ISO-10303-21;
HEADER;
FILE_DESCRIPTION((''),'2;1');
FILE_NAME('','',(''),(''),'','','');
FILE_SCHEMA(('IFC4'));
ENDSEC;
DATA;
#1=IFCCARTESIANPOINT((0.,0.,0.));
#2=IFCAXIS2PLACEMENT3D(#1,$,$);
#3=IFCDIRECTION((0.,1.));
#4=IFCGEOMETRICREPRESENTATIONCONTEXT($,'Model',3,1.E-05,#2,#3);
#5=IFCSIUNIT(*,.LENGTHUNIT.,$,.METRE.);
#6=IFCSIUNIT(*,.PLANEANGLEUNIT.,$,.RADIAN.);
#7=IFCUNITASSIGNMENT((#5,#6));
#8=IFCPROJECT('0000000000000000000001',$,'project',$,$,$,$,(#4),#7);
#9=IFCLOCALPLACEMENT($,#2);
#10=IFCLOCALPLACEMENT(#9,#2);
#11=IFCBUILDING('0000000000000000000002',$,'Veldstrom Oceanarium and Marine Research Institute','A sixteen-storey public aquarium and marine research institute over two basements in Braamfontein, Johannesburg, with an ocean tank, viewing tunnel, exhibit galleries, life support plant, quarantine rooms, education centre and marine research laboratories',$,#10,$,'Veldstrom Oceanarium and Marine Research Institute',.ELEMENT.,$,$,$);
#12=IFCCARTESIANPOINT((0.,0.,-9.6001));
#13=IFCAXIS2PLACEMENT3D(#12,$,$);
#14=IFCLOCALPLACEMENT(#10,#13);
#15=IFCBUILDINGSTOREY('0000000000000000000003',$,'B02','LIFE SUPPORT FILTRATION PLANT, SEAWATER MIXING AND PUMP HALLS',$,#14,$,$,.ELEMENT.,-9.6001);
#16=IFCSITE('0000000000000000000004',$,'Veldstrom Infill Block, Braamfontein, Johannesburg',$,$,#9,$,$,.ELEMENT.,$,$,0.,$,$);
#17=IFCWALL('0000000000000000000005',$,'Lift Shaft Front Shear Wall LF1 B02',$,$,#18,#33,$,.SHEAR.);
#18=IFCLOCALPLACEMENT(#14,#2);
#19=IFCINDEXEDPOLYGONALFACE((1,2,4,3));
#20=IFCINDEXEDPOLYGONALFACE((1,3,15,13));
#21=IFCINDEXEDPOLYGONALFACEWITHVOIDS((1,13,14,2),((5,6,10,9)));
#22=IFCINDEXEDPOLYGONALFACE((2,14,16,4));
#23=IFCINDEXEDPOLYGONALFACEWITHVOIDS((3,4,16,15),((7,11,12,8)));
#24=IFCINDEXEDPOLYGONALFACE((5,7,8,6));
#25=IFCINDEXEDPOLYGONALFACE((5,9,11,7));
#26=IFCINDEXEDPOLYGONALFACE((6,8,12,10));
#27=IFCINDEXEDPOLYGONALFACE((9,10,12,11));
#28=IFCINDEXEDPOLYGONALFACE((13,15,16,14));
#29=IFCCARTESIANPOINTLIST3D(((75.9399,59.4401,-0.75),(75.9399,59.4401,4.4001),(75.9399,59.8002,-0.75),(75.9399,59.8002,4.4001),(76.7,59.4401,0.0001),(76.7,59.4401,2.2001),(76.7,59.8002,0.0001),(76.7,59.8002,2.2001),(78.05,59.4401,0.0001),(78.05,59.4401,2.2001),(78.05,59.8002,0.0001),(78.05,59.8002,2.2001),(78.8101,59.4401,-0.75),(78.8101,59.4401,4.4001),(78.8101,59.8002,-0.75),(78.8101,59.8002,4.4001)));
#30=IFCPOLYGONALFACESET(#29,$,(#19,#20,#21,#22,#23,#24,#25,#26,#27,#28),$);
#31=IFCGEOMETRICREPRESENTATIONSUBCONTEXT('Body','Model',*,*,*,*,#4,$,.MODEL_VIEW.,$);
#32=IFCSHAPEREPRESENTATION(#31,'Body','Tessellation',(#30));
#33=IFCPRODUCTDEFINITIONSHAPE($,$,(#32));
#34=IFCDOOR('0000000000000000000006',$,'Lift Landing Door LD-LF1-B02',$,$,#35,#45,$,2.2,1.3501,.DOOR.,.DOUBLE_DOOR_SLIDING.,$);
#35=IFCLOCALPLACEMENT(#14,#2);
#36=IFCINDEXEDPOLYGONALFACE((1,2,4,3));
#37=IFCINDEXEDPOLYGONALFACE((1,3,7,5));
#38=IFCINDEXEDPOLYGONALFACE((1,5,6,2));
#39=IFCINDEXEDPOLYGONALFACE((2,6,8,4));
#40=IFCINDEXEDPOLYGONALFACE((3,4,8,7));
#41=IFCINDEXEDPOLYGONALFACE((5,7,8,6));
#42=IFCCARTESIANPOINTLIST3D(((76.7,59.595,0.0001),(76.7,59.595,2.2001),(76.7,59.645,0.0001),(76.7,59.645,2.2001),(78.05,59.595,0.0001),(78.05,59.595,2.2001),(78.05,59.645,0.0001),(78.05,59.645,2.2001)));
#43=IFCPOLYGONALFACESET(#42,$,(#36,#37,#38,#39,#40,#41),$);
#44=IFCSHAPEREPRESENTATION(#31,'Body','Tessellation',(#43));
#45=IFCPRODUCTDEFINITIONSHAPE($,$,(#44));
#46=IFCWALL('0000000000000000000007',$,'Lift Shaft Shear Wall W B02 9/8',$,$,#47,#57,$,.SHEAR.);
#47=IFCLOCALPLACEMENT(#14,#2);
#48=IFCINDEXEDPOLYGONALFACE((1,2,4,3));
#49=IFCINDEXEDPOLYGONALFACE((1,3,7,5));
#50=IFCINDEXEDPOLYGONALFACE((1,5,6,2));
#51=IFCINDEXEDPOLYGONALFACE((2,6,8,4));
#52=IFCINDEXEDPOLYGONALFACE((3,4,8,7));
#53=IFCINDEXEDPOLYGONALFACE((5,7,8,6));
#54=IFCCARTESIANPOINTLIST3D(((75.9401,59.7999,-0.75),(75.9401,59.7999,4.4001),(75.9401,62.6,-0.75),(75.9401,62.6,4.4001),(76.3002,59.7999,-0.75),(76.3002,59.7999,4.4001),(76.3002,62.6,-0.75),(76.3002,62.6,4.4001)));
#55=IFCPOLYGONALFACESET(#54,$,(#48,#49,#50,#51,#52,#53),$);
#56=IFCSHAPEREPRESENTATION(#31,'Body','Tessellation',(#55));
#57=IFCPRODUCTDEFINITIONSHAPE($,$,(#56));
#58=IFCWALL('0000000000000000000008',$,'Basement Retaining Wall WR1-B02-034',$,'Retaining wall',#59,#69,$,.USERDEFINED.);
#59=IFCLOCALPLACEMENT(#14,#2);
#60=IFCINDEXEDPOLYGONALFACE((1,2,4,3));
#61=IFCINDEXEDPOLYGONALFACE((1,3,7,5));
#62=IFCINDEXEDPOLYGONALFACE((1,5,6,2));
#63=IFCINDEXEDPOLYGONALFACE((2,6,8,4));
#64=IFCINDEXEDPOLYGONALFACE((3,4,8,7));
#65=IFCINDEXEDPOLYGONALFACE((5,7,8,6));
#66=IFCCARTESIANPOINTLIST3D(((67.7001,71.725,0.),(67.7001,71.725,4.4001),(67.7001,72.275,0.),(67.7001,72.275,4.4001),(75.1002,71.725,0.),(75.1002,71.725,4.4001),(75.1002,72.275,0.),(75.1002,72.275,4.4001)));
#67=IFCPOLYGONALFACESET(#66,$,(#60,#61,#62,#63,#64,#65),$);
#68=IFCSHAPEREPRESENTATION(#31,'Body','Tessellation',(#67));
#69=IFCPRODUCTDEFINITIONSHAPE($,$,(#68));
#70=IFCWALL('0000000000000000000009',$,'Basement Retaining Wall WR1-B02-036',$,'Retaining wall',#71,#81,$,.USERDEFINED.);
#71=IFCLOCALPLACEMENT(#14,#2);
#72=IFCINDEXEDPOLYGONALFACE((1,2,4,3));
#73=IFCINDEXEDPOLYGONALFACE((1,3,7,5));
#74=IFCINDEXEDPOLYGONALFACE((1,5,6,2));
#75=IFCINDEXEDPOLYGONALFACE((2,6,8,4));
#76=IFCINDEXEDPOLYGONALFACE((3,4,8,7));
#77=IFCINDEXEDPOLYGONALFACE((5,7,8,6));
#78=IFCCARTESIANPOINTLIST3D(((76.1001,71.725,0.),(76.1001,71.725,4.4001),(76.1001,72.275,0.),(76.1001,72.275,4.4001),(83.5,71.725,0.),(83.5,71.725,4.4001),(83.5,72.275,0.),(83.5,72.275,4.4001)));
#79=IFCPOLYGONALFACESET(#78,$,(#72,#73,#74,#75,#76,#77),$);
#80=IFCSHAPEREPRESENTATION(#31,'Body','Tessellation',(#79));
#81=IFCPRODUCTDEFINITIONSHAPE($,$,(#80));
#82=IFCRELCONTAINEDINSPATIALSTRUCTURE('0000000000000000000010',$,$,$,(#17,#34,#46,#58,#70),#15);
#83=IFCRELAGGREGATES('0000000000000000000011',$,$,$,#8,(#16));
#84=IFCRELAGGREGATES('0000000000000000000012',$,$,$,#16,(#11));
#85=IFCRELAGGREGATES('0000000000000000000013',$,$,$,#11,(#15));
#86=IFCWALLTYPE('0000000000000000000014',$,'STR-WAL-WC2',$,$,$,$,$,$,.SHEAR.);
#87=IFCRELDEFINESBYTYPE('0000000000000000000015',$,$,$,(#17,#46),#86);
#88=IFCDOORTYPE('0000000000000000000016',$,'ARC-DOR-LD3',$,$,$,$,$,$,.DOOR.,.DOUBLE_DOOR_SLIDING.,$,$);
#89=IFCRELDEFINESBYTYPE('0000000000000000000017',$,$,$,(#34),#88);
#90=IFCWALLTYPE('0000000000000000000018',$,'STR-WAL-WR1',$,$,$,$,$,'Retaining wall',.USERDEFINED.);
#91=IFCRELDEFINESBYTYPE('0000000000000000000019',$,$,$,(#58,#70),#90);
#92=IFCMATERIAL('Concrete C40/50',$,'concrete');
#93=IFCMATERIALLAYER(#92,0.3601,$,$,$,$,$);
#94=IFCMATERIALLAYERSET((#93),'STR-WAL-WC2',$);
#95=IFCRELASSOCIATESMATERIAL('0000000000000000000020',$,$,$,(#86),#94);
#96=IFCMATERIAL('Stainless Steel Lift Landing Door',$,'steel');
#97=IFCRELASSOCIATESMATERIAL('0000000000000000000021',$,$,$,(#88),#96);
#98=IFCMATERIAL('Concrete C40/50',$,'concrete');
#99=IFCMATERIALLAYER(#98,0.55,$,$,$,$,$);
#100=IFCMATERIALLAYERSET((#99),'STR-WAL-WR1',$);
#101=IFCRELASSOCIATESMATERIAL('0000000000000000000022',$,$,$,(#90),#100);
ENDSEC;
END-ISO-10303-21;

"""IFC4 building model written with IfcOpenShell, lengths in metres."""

from ifc_helpers import new_model, si_unit, direction, frame, frame_2d, origin, place, context, subcontext, project, spatial, rectangle, extrude, material, layer, layer_set, type_object, element, fill, save


model = new_model("IFC4")

# Units and contexts
model_context = context("Model", 3, precision=1e-05, world=origin(), true_north=direction((0.0, 1.0)))
body_context = subcontext(model_context, "Body", "Model", "MODEL_VIEW")
ifc_project = project(units=[si_unit("LENGTHUNIT", "METRE"), si_unit("PLANEANGLEUNIT", "RADIAN")], contexts=[model_context])

# Site, building, storey
site_placement = place(None, origin())
site = spatial("IfcSite", under=ifc_project, at=site_placement, Name="Veldstrom Infill Block, Braamfontein, Johannesburg", CompositionType="ELEMENT", RefElevation=0.0)
building_placement = place(site_placement, origin())
building = spatial("IfcBuilding", under=site, at=building_placement, Name="Veldstrom Oceanarium and Marine Research Institute", Description="A sixteen-storey public aquarium and marine research institute over two basements in Braamfontein, Johannesburg, with an ocean tank, viewing tunnel, exhibit galleries, life support plant, quarantine rooms, education centre and marine research laboratories", LongName="Veldstrom Oceanarium and Marine Research Institute", CompositionType="ELEMENT")
storey_placement = place(building_placement, frame((0.0, 0.0, -9.6001)))
storey = spatial("IfcBuildingStorey", under=building, at=storey_placement, Name="B02", Description="LIFE SUPPORT FILTRATION PLANT, SEAWATER MIXING AND PUMP HALLS", CompositionType="ELEMENT", Elevation=-9.6001)

# Shared definitions
ifc_material_1 = material(Name="Concrete C40/50", Category="concrete")
ifc_layer_1 = layer(ifc_material_1, 0.3601)
ifc_layer_set_1 = layer_set([ifc_layer_1], Name="STR-WAL-WC2")
wall_type_1 = type_object("IfcWallType", Name="STR-WAL-WC2", PredefinedType="SHEAR", material=ifc_layer_set_1)

# Wall, opening, door
wall_1_placement = place(storey_placement, frame((75.9399, 59.6201, -0.75), z_axis=(0.0, 0.0, 1.0), x_axis=(1.0, 0.0, 0.0)))
wall_1 = element("IfcWall", 1, at=wall_1_placement, inside=storey, type_object=wall_type_1, Name="Lift Shaft Front Shear Wall LF1 B02", PredefinedType="SHEAR", context=body_context, shape_type="SweptSolid", body=[
    extrude(rectangle(XDim=2.8701, YDim=0.3601, at=frame_2d((1.4351, 0.0))), origin(), (0.0, 0.0, 1.0), 5.1501),
])
opening_1_placement = place(wall_1_placement, frame((0.76, 0.0, 0.75)))
opening_1 = element("IfcOpeningElement", 2, at=opening_1_placement, cuts=wall_1, PredefinedType="OPENING", context=body_context, shape_type="SweptSolid", body=[
    extrude(rectangle(XDim=1.3501, YDim=2.2, at=frame_2d((0.675, 1.1001))), frame((0.0, 0.1899, 0.0), z_axis=(0.0, -1.0, 0.0), x_axis=(1.0, 0.0, 0.0)), (0.0, 0.0, 1.0), 0.3801),
])
ifc_material_2 = material(Name="Stainless Steel Lift Landing Door", Category="steel")
door_type_1 = type_object("IfcDoorType", Name="ARC-DOR-LD3", OperationType="DOUBLE_DOOR_SLIDING", PredefinedType="DOOR", material=ifc_material_2)
door_1_placement = place(opening_1_placement, origin())
door_1 = element("IfcDoor", 3, at=door_1_placement, inside=storey, type_object=door_type_1, Name="Lift Landing Door LD-LF1-B02", OperationType="DOUBLE_DOOR_SLIDING", OverallHeight=2.2, OverallWidth=1.3501, PredefinedType="DOOR", context=body_context, shape_type="SweptSolid", body=[
    extrude(rectangle(XDim=1.3501, YDim=2.2, at=frame_2d((0.675, 1.1001))), frame((0.0, 0.0249, 0.0), z_axis=(0.0, -1.0, 0.0), x_axis=(1.0, 0.0, 0.0)), (0.0, 0.0, 1.0), 0.05),
])
fill(opening_1, door_1)

# Walls
wall_2_placement = place(storey_placement, frame((76.1201, 59.8, -0.75), z_axis=(0.0, 0.0, 1.0), x_axis=(0.0, 1.0, 0.0)))
element("IfcWall", 4, at=wall_2_placement, inside=storey, type_object=wall_type_1, Name="Lift Shaft Shear Wall W B02 9/8", PredefinedType="SHEAR", context=body_context, shape_type="SweptSolid", body=[
    extrude(rectangle(XDim=2.8, YDim=0.3601, at=frame_2d((1.3999, 0.0))), origin(), (0.0, 0.0, 1.0), 5.1501),
])
ifc_material_3 = material(Name="Concrete C40/50", Category="concrete")
ifc_layer_2 = layer(ifc_material_3, 0.55)
ifc_layer_set_2 = layer_set([ifc_layer_2], Name="STR-WAL-WR1")
wall_type_2 = type_object("IfcWallType", Name="STR-WAL-WR1", ElementType="Retaining wall", PredefinedType="USERDEFINED", material=ifc_layer_set_2)
wall_3_placement = place(storey_placement, frame((67.7, 72.0, 0.0), z_axis=(0.0, 0.0, 1.0), x_axis=(1.0, 0.0, 0.0)))
element("IfcWall", 5, at=wall_3_placement, inside=storey, type_object=wall_type_2, Name="Basement Retaining Wall WR1-B02-034", ObjectType="Retaining wall", PredefinedType="USERDEFINED", context=body_context, shape_type="SweptSolid", body=[
    extrude(rectangle(XDim=7.4001, YDim=0.55, at=frame_2d((3.7002, 0.0))), origin(), (0.0, 0.0, 1.0), 4.4001),
])
wall_4_placement = place(storey_placement, frame((76.1001, 72.0, 0.0), z_axis=(0.0, 0.0, 1.0), x_axis=(1.0, 0.0, 0.0)))
element("IfcWall", 6, at=wall_4_placement, inside=storey, type_object=wall_type_2, Name="Basement Retaining Wall WR1-B02-036", ObjectType="Retaining wall", PredefinedType="USERDEFINED", context=body_context, shape_type="SweptSolid", body=[
    extrude(rectangle(XDim=7.3999, YDim=0.55, at=frame_2d((3.7, 0.0))), origin(), (0.0, 0.0, 1.0), 4.4001),
])

save(model, "model.ifc")
